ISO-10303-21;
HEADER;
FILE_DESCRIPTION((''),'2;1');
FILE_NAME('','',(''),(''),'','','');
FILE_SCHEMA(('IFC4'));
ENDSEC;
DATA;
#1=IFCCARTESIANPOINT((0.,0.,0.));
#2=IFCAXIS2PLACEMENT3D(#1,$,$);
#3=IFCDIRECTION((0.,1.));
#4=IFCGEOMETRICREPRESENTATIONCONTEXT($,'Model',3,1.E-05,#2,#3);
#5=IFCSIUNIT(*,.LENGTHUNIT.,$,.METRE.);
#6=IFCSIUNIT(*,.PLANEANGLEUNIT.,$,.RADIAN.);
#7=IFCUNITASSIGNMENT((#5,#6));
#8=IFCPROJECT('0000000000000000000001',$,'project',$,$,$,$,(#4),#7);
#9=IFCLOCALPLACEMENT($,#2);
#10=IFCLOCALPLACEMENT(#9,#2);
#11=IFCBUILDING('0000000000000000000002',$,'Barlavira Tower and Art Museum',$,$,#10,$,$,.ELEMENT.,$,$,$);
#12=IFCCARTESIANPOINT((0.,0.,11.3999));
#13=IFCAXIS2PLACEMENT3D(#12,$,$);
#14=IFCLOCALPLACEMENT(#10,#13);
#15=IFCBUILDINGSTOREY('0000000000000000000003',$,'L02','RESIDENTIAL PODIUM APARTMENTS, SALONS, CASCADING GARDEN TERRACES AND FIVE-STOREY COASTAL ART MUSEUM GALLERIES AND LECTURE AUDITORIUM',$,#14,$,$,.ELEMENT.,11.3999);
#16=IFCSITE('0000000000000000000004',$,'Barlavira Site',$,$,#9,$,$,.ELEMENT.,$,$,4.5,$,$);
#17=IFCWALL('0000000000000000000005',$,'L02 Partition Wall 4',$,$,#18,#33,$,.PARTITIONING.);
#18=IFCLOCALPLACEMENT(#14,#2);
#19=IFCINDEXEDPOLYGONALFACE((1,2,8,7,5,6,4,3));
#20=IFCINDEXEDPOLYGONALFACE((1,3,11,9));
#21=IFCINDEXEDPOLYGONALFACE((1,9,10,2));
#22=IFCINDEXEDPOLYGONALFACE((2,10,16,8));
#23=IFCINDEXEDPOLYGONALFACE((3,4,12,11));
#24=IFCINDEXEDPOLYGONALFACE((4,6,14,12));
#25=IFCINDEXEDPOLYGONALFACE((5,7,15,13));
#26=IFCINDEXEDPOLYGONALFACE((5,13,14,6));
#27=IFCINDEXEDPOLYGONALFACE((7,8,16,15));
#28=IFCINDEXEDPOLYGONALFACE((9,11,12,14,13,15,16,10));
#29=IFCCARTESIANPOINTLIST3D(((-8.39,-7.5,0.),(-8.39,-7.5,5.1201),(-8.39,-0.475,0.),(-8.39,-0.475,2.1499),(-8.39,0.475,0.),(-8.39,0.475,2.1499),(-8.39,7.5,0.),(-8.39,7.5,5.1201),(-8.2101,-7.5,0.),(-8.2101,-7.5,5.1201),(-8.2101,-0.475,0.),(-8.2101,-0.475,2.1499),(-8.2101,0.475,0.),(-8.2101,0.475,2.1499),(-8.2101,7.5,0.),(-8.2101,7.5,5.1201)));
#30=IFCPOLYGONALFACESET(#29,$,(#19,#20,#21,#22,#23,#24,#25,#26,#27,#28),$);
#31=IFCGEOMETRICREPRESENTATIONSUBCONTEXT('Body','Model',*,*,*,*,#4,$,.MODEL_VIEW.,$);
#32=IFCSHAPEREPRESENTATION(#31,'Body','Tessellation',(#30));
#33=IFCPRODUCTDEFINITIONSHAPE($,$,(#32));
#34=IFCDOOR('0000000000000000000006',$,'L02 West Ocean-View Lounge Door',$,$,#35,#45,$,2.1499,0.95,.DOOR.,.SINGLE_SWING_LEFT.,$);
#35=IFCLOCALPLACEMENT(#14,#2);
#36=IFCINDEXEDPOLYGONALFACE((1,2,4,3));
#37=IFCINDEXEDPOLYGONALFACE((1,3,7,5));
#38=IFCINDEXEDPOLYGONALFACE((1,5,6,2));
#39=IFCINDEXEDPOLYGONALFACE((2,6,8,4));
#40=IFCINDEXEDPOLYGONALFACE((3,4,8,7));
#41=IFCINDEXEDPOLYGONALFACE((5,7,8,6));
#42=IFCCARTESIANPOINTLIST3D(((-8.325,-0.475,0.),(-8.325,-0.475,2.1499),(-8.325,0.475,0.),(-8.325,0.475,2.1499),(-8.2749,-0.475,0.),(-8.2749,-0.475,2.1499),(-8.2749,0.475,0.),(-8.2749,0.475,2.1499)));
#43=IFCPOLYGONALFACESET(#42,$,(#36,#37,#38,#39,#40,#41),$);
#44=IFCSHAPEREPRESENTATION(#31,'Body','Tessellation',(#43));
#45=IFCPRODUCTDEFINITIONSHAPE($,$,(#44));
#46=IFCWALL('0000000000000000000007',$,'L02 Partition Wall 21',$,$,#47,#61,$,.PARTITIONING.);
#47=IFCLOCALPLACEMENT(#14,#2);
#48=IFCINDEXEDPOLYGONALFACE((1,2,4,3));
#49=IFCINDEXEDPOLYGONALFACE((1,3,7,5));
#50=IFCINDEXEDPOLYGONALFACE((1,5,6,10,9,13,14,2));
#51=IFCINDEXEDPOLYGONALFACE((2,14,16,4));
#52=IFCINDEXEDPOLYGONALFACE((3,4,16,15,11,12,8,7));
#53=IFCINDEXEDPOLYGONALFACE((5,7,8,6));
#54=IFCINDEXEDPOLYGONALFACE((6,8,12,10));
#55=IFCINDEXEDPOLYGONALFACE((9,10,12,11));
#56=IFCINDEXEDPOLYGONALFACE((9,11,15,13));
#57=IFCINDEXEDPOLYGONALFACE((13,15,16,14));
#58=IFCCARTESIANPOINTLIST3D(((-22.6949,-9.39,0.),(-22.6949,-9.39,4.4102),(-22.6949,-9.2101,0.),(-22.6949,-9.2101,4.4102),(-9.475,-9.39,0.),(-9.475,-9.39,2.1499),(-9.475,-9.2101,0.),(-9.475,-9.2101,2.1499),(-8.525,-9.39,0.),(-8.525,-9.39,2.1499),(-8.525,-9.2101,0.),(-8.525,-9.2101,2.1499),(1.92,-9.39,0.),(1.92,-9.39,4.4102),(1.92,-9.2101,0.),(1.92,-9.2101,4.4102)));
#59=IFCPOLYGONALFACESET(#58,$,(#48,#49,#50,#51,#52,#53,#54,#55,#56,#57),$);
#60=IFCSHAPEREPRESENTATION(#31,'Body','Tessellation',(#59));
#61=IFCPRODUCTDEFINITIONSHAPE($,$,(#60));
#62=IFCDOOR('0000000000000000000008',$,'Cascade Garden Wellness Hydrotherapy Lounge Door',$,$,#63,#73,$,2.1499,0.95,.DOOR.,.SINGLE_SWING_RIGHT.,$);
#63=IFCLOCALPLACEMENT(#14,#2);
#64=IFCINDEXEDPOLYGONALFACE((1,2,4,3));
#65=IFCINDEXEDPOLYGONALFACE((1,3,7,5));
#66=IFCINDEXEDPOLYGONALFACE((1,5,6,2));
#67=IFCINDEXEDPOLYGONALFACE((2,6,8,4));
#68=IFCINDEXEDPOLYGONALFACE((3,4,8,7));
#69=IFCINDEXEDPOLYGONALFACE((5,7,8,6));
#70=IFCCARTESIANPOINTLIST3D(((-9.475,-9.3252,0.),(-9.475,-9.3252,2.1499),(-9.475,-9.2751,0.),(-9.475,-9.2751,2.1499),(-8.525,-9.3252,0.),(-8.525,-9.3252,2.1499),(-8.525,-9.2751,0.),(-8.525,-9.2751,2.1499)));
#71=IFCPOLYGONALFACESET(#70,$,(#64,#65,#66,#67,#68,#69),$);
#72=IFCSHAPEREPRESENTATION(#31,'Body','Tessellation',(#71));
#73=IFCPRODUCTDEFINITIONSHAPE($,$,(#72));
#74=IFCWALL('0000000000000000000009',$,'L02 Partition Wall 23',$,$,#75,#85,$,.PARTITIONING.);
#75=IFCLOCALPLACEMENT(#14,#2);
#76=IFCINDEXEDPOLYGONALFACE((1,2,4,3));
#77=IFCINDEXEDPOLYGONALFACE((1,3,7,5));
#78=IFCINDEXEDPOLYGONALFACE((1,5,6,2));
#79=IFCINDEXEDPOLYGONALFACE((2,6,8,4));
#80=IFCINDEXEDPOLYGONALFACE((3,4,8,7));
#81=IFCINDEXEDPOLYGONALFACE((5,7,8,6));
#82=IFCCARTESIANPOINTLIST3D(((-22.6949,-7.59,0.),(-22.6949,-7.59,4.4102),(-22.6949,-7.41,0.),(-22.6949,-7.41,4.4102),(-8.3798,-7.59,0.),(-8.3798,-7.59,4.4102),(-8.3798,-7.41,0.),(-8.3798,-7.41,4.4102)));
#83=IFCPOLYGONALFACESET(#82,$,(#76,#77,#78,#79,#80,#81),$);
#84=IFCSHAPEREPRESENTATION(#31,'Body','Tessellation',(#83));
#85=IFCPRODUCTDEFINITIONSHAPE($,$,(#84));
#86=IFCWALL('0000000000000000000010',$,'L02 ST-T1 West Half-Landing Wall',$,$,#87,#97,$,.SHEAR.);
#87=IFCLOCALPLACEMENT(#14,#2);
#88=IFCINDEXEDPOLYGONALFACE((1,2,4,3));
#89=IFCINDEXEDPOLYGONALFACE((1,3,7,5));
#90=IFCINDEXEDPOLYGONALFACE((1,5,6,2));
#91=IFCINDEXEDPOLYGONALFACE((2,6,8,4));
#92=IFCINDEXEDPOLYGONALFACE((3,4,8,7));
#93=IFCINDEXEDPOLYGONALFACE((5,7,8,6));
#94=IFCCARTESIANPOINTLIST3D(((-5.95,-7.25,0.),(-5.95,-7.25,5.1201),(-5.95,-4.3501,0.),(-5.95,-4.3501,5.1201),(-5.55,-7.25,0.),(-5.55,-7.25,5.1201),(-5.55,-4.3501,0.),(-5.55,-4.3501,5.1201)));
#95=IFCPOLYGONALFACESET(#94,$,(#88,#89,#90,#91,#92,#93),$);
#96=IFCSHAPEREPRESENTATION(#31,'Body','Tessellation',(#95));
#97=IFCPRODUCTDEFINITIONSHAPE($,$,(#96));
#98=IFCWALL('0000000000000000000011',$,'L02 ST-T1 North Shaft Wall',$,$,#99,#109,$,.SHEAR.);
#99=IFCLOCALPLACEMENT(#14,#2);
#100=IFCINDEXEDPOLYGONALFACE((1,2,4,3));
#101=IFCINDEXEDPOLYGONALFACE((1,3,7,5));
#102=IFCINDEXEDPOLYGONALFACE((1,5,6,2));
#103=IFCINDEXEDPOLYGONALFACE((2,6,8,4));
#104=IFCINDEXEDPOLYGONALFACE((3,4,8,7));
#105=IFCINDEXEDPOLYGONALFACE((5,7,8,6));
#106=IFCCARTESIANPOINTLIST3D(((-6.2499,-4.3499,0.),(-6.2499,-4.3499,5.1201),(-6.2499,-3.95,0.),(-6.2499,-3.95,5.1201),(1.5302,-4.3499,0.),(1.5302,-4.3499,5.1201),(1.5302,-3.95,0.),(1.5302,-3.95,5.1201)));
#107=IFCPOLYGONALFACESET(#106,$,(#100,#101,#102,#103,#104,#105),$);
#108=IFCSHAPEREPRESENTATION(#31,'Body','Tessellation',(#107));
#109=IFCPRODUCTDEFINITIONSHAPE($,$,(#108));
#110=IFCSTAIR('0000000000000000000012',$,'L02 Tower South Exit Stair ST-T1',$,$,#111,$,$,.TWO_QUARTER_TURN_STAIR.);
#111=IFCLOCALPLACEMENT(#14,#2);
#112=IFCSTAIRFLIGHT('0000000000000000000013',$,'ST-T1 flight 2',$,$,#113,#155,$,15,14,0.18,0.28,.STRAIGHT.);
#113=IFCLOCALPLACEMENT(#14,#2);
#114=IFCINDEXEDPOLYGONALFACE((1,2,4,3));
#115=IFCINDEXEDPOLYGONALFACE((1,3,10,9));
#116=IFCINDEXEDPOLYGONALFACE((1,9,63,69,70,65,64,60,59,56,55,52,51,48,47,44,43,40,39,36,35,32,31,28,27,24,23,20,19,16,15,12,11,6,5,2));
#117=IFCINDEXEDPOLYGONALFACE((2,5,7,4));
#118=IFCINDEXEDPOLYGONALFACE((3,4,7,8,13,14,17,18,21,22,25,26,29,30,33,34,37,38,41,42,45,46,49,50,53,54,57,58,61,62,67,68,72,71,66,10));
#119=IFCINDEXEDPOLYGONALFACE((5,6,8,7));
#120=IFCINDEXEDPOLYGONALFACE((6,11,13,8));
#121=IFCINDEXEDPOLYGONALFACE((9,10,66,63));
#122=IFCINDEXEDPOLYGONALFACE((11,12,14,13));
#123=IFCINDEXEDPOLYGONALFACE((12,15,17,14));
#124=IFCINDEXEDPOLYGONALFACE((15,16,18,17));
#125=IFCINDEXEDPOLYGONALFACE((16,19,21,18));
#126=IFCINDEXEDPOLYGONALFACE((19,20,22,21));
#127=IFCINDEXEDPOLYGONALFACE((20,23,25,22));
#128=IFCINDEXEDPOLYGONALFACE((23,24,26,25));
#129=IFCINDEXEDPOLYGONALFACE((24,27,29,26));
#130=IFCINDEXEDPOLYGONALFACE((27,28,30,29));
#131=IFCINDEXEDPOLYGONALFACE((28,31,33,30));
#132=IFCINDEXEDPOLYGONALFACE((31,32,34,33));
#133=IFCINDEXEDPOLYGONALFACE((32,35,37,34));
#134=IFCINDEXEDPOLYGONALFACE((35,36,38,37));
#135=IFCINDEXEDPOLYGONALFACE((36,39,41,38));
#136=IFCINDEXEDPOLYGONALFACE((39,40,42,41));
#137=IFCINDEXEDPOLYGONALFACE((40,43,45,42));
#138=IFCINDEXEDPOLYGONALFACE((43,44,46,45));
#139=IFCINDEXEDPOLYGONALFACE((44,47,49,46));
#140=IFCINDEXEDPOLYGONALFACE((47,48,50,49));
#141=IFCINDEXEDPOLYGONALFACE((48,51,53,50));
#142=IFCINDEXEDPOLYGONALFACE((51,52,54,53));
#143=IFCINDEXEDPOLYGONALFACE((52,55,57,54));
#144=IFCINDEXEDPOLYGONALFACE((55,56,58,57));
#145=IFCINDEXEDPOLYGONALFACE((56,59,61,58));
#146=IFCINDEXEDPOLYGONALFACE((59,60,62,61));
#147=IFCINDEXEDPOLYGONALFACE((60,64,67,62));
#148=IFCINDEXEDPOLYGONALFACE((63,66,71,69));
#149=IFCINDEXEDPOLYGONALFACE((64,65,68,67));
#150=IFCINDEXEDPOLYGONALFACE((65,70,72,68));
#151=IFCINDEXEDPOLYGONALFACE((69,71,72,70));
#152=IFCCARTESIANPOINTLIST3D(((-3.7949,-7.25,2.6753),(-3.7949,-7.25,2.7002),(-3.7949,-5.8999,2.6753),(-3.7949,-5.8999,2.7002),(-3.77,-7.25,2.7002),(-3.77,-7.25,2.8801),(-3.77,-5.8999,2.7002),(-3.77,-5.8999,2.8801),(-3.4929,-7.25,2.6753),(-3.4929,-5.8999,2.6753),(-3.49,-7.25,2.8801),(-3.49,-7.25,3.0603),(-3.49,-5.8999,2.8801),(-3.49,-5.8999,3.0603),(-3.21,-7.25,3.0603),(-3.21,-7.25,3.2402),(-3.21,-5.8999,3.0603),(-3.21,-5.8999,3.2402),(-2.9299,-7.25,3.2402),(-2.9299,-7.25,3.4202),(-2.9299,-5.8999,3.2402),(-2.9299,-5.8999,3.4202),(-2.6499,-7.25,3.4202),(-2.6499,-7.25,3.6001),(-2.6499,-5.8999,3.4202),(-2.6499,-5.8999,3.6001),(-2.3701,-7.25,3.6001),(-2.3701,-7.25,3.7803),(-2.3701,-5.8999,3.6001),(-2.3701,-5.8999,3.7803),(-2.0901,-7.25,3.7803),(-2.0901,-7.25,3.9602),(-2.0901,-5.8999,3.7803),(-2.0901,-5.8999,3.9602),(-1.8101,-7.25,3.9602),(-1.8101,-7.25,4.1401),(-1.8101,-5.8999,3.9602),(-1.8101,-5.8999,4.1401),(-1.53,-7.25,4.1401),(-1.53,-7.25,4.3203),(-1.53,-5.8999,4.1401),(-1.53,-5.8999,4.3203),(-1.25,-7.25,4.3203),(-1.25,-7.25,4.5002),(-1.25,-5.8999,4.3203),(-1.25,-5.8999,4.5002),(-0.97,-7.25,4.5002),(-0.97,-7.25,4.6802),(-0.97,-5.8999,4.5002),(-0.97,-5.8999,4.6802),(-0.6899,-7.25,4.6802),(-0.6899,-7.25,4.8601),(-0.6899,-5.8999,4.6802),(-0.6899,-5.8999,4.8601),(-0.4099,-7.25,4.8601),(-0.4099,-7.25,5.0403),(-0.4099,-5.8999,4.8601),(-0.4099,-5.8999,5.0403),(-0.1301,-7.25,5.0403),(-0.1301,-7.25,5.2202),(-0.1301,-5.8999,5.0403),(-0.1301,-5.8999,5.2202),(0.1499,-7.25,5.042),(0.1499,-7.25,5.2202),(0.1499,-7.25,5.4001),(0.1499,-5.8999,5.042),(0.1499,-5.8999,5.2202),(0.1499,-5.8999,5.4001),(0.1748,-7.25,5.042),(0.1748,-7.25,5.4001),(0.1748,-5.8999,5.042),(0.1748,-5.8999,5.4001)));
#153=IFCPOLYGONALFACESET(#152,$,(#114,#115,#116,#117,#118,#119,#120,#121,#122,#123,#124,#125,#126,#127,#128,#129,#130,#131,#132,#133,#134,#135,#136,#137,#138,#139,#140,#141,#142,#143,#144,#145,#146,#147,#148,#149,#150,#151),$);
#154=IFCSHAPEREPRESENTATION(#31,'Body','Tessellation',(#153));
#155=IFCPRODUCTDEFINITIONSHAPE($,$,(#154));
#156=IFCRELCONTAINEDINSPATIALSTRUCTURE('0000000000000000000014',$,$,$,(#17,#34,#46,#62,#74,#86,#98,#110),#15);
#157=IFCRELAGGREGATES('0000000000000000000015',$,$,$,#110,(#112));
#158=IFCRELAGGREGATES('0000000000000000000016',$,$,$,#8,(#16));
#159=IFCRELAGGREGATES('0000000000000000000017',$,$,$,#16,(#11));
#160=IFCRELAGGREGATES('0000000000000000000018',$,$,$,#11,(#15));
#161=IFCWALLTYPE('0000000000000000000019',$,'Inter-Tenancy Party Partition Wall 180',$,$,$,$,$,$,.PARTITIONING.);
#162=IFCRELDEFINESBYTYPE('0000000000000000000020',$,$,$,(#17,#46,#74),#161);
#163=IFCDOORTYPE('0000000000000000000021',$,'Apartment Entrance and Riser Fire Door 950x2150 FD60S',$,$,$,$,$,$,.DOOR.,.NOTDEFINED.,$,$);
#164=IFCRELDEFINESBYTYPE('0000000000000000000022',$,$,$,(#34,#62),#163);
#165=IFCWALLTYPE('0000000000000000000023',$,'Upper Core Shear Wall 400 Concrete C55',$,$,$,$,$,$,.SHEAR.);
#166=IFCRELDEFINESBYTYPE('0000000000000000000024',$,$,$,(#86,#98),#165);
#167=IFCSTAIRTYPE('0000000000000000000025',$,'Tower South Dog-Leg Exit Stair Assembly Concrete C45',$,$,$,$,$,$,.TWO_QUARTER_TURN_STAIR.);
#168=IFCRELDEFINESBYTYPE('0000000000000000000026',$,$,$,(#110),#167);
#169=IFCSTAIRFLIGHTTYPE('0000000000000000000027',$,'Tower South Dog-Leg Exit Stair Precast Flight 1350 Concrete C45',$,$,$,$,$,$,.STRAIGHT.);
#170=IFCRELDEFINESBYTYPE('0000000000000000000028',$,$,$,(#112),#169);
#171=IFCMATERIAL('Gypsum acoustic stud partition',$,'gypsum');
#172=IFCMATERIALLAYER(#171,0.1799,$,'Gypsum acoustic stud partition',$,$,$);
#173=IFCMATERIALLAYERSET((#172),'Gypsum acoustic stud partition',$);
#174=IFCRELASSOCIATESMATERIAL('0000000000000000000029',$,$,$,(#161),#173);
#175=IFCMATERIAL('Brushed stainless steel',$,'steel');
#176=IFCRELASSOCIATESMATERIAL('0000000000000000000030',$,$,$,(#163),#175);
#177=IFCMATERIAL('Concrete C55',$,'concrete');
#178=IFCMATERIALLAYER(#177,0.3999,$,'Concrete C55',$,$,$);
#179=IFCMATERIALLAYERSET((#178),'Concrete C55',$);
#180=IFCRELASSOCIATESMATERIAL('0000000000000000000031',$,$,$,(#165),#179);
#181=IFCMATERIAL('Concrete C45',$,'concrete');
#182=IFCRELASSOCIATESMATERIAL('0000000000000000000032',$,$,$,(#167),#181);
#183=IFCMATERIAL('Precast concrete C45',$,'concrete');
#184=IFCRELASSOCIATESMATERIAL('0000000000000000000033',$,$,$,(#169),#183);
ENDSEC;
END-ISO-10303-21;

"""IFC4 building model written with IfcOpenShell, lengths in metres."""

from ifc_helpers import new_model, si_unit, direction, frame, frame_2d, origin, place, context, subcontext, project, spatial, polyline, rectangle, outline, extrude, material, layer, layer_set, type_object, element, fill, aggregate, save


model = new_model("IFC4")

# Units and contexts
model_context = context("Model", 3, precision=1e-05, world=origin(), true_north=direction((0.0, 1.0)))
body_context = subcontext(model_context, "Body", "Model", "MODEL_VIEW")
ifc_project = project(units=[si_unit("LENGTHUNIT", "METRE"), si_unit("PLANEANGLEUNIT", "RADIAN")], contexts=[model_context])

# Site, building, storey
site_placement = place(None, origin())
site = spatial("IfcSite", under=ifc_project, at=site_placement, Name="Barlavira Site", CompositionType="ELEMENT", RefElevation=4.5)
building_placement = place(site_placement, origin())
building = spatial("IfcBuilding", under=site, at=building_placement, Name="Barlavira Tower and Art Museum", CompositionType="ELEMENT")
storey_placement = place(building_placement, frame((0.0, 0.0, 11.3999)))
storey = spatial("IfcBuildingStorey", under=building, at=storey_placement, Name="L02", Description="RESIDENTIAL PODIUM APARTMENTS, SALONS, CASCADING GARDEN TERRACES AND FIVE-STOREY COASTAL ART MUSEUM GALLERIES AND LECTURE AUDITORIUM", CompositionType="ELEMENT", Elevation=11.3999)

# Shared definitions
ifc_material_1 = material(Name="Brushed stainless steel", Category="steel")

# Walls, openings, doors
ifc_material_2 = material(Name="Gypsum acoustic stud partition", Category="gypsum")
ifc_layer_1 = layer(ifc_material_2, 0.1799, Name="Gypsum acoustic stud partition")
ifc_layer_set_1 = layer_set([ifc_layer_1], Name="Gypsum acoustic stud partition")
wall_type_1 = type_object("IfcWallType", Name="Inter-Tenancy Party Partition Wall 180", PredefinedType="PARTITIONING", material=ifc_layer_set_1)
wall_1_placement = place(storey_placement, frame((-8.3, -7.5, 0.0), z_axis=(0.0, 0.0, 1.0), x_axis=(0.0, 1.0, 0.0)))
wall_1 = element("IfcWall", 1, at=wall_1_placement, inside=storey, type_object=wall_type_1, Name="L02 Partition Wall 4", PredefinedType="PARTITIONING", context=body_context, shape_type="SweptSolid", body=[
    extrude(rectangle(XDim=15.0, YDim=0.1799, at=frame_2d((7.5, 0.0))), origin(), (0.0, 0.0, 1.0), 5.1201),
])
opening_1_placement = place(wall_1_placement, frame((7.0249, 0.0, 0.0)))
opening_1 = element("IfcOpeningElement", 2, at=opening_1_placement, cuts=wall_1, PredefinedType="OPENING", context=body_context, shape_type="SweptSolid", body=[
    extrude(rectangle(XDim=0.95, YDim=2.1499, at=frame_2d((0.4751, 1.075))), frame((0.0, 0.1001, 0.0), z_axis=(0.0, -1.0, 0.0), x_axis=(1.0, 0.0, 0.0)), (0.0, 0.0, 1.0), 0.2),
])
door_type_1 = type_object("IfcDoorType", Name="Apartment Entrance and Riser Fire Door 950x2150 FD60S", OperationType="NOTDEFINED", PredefinedType="DOOR", material=ifc_material_1)
door_1_placement = place(opening_1_placement, origin())
door_1 = element("IfcDoor", 3, at=door_1_placement, inside=storey, type_object=door_type_1, Name="L02 West Ocean-View Lounge Door", OperationType="SINGLE_SWING_LEFT", OverallHeight=2.1499, OverallWidth=0.95, PredefinedType="DOOR", context=body_context, shape_type="SweptSolid", body=[
    extrude(rectangle(XDim=0.95, YDim=2.1499, at=frame_2d((0.4751, 1.075))), frame((0.0, 0.0249, 0.0), z_axis=(0.0, -1.0, 0.0), x_axis=(1.0, 0.0, 0.0)), (0.0, 0.0, 1.0), 0.05),
])
fill(opening_1, door_1)
wall_2_placement = place(storey_placement, frame((-22.6951, -9.3, 0.0), z_axis=(0.0, 0.0, 1.0), x_axis=(1.0, 0.0, 0.0)))
wall_2 = element("IfcWall", 4, at=wall_2_placement, inside=storey, type_object=wall_type_1, Name="L02 Partition Wall 21", PredefinedType="PARTITIONING", context=body_context, shape_type="SweptSolid", body=[
    extrude(rectangle(XDim=24.615, YDim=0.1799, at=frame_2d((12.3076, 0.0))), origin(), (0.0, 0.0, 1.0), 4.4102),
])
opening_2_placement = place(wall_2_placement, frame((13.22, 0.0, 0.0)))
opening_2 = element("IfcOpeningElement", 5, at=opening_2_placement, cuts=wall_2, PredefinedType="OPENING", context=body_context, shape_type="SweptSolid", body=[
    extrude(rectangle(XDim=0.95, YDim=2.1499, at=frame_2d((0.4751, 1.075))), frame((0.0, 0.1001, 0.0), z_axis=(0.0, -1.0, 0.0), x_axis=(1.0, 0.0, 0.0)), (0.0, 0.0, 1.0), 0.2),
])
door_2_placement = place(opening_2_placement, origin())
door_2 = element("IfcDoor", 6, at=door_2_placement, inside=storey, type_object=door_type_1, Name="Cascade Garden Wellness Hydrotherapy Lounge Door", OperationType="SINGLE_SWING_RIGHT", OverallHeight=2.1499, OverallWidth=0.95, PredefinedType="DOOR", context=body_context, shape_type="SweptSolid", body=[
    extrude(rectangle(XDim=0.95, YDim=2.1499, at=frame_2d((0.4751, 1.075))), frame((0.0, 0.0249, 0.0), z_axis=(0.0, -1.0, 0.0), x_axis=(1.0, 0.0, 0.0)), (0.0, 0.0, 1.0), 0.05),
])
fill(opening_2, door_2)

# Walls
wall_3_placement = place(storey_placement, frame((-22.6951, -7.5, 0.0), z_axis=(0.0, 0.0, 1.0), x_axis=(1.0, 0.0, 0.0)))
element("IfcWall", 7, at=wall_3_placement, inside=storey, type_object=wall_type_1, Name="L02 Partition Wall 23", PredefinedType="PARTITIONING", context=body_context, shape_type="SweptSolid", body=[
    extrude(rectangle(XDim=14.3152, YDim=0.1799, at=frame_2d((7.1577, 0.0))), origin(), (0.0, 0.0, 1.0), 4.4102),
])
ifc_material_3 = material(Name="Concrete C55", Category="concrete")
ifc_layer_2 = layer(ifc_material_3, 0.3999, Name="Concrete C55")
ifc_layer_set_2 = layer_set([ifc_layer_2], Name="Concrete C55")
wall_type_2 = type_object("IfcWallType", Name="Upper Core Shear Wall 400 Concrete C55", PredefinedType="SHEAR", material=ifc_layer_set_2)
wall_4_placement = place(storey_placement, frame((-5.75, -7.25, 0.0), z_axis=(0.0, 0.0, 1.0), x_axis=(0.0, 1.0, 0.0)))
element("IfcWall", 8, at=wall_4_placement, inside=storey, type_object=wall_type_2, Name="L02 ST-T1 West Half-Landing Wall", PredefinedType="SHEAR", context=body_context, shape_type="SweptSolid", body=[
    extrude(rectangle(XDim=2.8999, YDim=0.3999, at=frame_2d((1.45, 0.0))), origin(), (0.0, 0.0, 1.0), 5.1201),
])
wall_5_placement = place(storey_placement, frame((-6.25, -4.1499, 0.0), z_axis=(0.0, 0.0, 1.0), x_axis=(1.0, 0.0, 0.0)))
element("IfcWall", 9, at=wall_5_placement, inside=storey, type_object=wall_type_2, Name="L02 ST-T1 North Shaft Wall", PredefinedType="SHEAR", context=body_context, shape_type="SweptSolid", body=[
    extrude(rectangle(XDim=7.78, YDim=0.3999, at=frame_2d((3.8901, 0.0))), origin(), (0.0, 0.0, 1.0), 5.1201),
])

# Stair, stair flight
ifc_material_4 = material(Name="Concrete C45", Category="concrete")
stair_type = type_object("IfcStairType", Name="Tower South Dog-Leg Exit Stair Assembly Concrete C45", PredefinedType="TWO_QUARTER_TURN_STAIR", material=ifc_material_4)
stair_placement = place(storey_placement, origin())
stair = element("IfcStair", 10, at=stair_placement, inside=storey, type_object=stair_type, Name="L02 Tower South Exit Stair ST-T1", PredefinedType="TWO_QUARTER_TURN_STAIR")
ifc_material_5 = material(Name="Precast concrete C45", Category="concrete")
stair_flight_type = type_object("IfcStairFlightType", Name="Tower South Dog-Leg Exit Stair Precast Flight 1350 Concrete C45", PredefinedType="STRAIGHT", material=ifc_material_5)
stair_flight_placement = place(storey_placement, frame((-3.77, -6.575, 2.7002), z_axis=(0.0, 0.0, 1.0), x_axis=(1.0, 0.0, 0.0)))
stair_flight = element("IfcStairFlight", 11, at=stair_flight_placement, type_object=stair_flight_type, Name="ST-T1 flight 2", NumberOfRisers=15, NumberOfTreads=14, PredefinedType="STRAIGHT", RiserHeight=0.18, TreadLength=0.28, context=body_context, shape_type="SweptSolid", body=[
    extrude(outline(polyline([(-0.0249, 0.0), (0.0, 0.0), (0.0, 0.1799), (0.28, 0.1799), (0.28, 0.3601), (0.5601, 0.3601), (0.5601, 0.54), (0.8401, 0.54), (0.8401, 0.72), (1.1201, 0.72), (1.1201, 0.8999), (1.3999, 0.8999), (1.3999, 1.0801), (1.6799, 1.0801), (1.6799, 1.26), (1.96, 1.26), (1.96, 1.4399), (2.24, 1.4399), (2.24, 1.6201), (2.52, 1.6201), (2.52, 1.8), (2.8, 1.8), (2.8, 1.98), (3.0801, 1.98), (3.0801, 2.1599), (3.3601, 2.1599), (3.3601, 2.3401), (3.6399, 2.3401), (3.6399, 2.52), (3.9199, 2.52), (3.9199, 2.7), (3.9448, 2.7), (3.9448, 2.3418), (3.9199, 2.3418), (0.2771, -0.0249), (-0.0249, -0.0249), (-0.0249, 0.0)])), frame((0.0, 0.675, 0.0), z_axis=(0.0, -1.0, 0.0), x_axis=(1.0, 0.0, 0.0)), (0.0, 0.0, 1.0), 1.3501),
])
aggregate(stair, [stair_flight])

save(model, "model.ifc")
